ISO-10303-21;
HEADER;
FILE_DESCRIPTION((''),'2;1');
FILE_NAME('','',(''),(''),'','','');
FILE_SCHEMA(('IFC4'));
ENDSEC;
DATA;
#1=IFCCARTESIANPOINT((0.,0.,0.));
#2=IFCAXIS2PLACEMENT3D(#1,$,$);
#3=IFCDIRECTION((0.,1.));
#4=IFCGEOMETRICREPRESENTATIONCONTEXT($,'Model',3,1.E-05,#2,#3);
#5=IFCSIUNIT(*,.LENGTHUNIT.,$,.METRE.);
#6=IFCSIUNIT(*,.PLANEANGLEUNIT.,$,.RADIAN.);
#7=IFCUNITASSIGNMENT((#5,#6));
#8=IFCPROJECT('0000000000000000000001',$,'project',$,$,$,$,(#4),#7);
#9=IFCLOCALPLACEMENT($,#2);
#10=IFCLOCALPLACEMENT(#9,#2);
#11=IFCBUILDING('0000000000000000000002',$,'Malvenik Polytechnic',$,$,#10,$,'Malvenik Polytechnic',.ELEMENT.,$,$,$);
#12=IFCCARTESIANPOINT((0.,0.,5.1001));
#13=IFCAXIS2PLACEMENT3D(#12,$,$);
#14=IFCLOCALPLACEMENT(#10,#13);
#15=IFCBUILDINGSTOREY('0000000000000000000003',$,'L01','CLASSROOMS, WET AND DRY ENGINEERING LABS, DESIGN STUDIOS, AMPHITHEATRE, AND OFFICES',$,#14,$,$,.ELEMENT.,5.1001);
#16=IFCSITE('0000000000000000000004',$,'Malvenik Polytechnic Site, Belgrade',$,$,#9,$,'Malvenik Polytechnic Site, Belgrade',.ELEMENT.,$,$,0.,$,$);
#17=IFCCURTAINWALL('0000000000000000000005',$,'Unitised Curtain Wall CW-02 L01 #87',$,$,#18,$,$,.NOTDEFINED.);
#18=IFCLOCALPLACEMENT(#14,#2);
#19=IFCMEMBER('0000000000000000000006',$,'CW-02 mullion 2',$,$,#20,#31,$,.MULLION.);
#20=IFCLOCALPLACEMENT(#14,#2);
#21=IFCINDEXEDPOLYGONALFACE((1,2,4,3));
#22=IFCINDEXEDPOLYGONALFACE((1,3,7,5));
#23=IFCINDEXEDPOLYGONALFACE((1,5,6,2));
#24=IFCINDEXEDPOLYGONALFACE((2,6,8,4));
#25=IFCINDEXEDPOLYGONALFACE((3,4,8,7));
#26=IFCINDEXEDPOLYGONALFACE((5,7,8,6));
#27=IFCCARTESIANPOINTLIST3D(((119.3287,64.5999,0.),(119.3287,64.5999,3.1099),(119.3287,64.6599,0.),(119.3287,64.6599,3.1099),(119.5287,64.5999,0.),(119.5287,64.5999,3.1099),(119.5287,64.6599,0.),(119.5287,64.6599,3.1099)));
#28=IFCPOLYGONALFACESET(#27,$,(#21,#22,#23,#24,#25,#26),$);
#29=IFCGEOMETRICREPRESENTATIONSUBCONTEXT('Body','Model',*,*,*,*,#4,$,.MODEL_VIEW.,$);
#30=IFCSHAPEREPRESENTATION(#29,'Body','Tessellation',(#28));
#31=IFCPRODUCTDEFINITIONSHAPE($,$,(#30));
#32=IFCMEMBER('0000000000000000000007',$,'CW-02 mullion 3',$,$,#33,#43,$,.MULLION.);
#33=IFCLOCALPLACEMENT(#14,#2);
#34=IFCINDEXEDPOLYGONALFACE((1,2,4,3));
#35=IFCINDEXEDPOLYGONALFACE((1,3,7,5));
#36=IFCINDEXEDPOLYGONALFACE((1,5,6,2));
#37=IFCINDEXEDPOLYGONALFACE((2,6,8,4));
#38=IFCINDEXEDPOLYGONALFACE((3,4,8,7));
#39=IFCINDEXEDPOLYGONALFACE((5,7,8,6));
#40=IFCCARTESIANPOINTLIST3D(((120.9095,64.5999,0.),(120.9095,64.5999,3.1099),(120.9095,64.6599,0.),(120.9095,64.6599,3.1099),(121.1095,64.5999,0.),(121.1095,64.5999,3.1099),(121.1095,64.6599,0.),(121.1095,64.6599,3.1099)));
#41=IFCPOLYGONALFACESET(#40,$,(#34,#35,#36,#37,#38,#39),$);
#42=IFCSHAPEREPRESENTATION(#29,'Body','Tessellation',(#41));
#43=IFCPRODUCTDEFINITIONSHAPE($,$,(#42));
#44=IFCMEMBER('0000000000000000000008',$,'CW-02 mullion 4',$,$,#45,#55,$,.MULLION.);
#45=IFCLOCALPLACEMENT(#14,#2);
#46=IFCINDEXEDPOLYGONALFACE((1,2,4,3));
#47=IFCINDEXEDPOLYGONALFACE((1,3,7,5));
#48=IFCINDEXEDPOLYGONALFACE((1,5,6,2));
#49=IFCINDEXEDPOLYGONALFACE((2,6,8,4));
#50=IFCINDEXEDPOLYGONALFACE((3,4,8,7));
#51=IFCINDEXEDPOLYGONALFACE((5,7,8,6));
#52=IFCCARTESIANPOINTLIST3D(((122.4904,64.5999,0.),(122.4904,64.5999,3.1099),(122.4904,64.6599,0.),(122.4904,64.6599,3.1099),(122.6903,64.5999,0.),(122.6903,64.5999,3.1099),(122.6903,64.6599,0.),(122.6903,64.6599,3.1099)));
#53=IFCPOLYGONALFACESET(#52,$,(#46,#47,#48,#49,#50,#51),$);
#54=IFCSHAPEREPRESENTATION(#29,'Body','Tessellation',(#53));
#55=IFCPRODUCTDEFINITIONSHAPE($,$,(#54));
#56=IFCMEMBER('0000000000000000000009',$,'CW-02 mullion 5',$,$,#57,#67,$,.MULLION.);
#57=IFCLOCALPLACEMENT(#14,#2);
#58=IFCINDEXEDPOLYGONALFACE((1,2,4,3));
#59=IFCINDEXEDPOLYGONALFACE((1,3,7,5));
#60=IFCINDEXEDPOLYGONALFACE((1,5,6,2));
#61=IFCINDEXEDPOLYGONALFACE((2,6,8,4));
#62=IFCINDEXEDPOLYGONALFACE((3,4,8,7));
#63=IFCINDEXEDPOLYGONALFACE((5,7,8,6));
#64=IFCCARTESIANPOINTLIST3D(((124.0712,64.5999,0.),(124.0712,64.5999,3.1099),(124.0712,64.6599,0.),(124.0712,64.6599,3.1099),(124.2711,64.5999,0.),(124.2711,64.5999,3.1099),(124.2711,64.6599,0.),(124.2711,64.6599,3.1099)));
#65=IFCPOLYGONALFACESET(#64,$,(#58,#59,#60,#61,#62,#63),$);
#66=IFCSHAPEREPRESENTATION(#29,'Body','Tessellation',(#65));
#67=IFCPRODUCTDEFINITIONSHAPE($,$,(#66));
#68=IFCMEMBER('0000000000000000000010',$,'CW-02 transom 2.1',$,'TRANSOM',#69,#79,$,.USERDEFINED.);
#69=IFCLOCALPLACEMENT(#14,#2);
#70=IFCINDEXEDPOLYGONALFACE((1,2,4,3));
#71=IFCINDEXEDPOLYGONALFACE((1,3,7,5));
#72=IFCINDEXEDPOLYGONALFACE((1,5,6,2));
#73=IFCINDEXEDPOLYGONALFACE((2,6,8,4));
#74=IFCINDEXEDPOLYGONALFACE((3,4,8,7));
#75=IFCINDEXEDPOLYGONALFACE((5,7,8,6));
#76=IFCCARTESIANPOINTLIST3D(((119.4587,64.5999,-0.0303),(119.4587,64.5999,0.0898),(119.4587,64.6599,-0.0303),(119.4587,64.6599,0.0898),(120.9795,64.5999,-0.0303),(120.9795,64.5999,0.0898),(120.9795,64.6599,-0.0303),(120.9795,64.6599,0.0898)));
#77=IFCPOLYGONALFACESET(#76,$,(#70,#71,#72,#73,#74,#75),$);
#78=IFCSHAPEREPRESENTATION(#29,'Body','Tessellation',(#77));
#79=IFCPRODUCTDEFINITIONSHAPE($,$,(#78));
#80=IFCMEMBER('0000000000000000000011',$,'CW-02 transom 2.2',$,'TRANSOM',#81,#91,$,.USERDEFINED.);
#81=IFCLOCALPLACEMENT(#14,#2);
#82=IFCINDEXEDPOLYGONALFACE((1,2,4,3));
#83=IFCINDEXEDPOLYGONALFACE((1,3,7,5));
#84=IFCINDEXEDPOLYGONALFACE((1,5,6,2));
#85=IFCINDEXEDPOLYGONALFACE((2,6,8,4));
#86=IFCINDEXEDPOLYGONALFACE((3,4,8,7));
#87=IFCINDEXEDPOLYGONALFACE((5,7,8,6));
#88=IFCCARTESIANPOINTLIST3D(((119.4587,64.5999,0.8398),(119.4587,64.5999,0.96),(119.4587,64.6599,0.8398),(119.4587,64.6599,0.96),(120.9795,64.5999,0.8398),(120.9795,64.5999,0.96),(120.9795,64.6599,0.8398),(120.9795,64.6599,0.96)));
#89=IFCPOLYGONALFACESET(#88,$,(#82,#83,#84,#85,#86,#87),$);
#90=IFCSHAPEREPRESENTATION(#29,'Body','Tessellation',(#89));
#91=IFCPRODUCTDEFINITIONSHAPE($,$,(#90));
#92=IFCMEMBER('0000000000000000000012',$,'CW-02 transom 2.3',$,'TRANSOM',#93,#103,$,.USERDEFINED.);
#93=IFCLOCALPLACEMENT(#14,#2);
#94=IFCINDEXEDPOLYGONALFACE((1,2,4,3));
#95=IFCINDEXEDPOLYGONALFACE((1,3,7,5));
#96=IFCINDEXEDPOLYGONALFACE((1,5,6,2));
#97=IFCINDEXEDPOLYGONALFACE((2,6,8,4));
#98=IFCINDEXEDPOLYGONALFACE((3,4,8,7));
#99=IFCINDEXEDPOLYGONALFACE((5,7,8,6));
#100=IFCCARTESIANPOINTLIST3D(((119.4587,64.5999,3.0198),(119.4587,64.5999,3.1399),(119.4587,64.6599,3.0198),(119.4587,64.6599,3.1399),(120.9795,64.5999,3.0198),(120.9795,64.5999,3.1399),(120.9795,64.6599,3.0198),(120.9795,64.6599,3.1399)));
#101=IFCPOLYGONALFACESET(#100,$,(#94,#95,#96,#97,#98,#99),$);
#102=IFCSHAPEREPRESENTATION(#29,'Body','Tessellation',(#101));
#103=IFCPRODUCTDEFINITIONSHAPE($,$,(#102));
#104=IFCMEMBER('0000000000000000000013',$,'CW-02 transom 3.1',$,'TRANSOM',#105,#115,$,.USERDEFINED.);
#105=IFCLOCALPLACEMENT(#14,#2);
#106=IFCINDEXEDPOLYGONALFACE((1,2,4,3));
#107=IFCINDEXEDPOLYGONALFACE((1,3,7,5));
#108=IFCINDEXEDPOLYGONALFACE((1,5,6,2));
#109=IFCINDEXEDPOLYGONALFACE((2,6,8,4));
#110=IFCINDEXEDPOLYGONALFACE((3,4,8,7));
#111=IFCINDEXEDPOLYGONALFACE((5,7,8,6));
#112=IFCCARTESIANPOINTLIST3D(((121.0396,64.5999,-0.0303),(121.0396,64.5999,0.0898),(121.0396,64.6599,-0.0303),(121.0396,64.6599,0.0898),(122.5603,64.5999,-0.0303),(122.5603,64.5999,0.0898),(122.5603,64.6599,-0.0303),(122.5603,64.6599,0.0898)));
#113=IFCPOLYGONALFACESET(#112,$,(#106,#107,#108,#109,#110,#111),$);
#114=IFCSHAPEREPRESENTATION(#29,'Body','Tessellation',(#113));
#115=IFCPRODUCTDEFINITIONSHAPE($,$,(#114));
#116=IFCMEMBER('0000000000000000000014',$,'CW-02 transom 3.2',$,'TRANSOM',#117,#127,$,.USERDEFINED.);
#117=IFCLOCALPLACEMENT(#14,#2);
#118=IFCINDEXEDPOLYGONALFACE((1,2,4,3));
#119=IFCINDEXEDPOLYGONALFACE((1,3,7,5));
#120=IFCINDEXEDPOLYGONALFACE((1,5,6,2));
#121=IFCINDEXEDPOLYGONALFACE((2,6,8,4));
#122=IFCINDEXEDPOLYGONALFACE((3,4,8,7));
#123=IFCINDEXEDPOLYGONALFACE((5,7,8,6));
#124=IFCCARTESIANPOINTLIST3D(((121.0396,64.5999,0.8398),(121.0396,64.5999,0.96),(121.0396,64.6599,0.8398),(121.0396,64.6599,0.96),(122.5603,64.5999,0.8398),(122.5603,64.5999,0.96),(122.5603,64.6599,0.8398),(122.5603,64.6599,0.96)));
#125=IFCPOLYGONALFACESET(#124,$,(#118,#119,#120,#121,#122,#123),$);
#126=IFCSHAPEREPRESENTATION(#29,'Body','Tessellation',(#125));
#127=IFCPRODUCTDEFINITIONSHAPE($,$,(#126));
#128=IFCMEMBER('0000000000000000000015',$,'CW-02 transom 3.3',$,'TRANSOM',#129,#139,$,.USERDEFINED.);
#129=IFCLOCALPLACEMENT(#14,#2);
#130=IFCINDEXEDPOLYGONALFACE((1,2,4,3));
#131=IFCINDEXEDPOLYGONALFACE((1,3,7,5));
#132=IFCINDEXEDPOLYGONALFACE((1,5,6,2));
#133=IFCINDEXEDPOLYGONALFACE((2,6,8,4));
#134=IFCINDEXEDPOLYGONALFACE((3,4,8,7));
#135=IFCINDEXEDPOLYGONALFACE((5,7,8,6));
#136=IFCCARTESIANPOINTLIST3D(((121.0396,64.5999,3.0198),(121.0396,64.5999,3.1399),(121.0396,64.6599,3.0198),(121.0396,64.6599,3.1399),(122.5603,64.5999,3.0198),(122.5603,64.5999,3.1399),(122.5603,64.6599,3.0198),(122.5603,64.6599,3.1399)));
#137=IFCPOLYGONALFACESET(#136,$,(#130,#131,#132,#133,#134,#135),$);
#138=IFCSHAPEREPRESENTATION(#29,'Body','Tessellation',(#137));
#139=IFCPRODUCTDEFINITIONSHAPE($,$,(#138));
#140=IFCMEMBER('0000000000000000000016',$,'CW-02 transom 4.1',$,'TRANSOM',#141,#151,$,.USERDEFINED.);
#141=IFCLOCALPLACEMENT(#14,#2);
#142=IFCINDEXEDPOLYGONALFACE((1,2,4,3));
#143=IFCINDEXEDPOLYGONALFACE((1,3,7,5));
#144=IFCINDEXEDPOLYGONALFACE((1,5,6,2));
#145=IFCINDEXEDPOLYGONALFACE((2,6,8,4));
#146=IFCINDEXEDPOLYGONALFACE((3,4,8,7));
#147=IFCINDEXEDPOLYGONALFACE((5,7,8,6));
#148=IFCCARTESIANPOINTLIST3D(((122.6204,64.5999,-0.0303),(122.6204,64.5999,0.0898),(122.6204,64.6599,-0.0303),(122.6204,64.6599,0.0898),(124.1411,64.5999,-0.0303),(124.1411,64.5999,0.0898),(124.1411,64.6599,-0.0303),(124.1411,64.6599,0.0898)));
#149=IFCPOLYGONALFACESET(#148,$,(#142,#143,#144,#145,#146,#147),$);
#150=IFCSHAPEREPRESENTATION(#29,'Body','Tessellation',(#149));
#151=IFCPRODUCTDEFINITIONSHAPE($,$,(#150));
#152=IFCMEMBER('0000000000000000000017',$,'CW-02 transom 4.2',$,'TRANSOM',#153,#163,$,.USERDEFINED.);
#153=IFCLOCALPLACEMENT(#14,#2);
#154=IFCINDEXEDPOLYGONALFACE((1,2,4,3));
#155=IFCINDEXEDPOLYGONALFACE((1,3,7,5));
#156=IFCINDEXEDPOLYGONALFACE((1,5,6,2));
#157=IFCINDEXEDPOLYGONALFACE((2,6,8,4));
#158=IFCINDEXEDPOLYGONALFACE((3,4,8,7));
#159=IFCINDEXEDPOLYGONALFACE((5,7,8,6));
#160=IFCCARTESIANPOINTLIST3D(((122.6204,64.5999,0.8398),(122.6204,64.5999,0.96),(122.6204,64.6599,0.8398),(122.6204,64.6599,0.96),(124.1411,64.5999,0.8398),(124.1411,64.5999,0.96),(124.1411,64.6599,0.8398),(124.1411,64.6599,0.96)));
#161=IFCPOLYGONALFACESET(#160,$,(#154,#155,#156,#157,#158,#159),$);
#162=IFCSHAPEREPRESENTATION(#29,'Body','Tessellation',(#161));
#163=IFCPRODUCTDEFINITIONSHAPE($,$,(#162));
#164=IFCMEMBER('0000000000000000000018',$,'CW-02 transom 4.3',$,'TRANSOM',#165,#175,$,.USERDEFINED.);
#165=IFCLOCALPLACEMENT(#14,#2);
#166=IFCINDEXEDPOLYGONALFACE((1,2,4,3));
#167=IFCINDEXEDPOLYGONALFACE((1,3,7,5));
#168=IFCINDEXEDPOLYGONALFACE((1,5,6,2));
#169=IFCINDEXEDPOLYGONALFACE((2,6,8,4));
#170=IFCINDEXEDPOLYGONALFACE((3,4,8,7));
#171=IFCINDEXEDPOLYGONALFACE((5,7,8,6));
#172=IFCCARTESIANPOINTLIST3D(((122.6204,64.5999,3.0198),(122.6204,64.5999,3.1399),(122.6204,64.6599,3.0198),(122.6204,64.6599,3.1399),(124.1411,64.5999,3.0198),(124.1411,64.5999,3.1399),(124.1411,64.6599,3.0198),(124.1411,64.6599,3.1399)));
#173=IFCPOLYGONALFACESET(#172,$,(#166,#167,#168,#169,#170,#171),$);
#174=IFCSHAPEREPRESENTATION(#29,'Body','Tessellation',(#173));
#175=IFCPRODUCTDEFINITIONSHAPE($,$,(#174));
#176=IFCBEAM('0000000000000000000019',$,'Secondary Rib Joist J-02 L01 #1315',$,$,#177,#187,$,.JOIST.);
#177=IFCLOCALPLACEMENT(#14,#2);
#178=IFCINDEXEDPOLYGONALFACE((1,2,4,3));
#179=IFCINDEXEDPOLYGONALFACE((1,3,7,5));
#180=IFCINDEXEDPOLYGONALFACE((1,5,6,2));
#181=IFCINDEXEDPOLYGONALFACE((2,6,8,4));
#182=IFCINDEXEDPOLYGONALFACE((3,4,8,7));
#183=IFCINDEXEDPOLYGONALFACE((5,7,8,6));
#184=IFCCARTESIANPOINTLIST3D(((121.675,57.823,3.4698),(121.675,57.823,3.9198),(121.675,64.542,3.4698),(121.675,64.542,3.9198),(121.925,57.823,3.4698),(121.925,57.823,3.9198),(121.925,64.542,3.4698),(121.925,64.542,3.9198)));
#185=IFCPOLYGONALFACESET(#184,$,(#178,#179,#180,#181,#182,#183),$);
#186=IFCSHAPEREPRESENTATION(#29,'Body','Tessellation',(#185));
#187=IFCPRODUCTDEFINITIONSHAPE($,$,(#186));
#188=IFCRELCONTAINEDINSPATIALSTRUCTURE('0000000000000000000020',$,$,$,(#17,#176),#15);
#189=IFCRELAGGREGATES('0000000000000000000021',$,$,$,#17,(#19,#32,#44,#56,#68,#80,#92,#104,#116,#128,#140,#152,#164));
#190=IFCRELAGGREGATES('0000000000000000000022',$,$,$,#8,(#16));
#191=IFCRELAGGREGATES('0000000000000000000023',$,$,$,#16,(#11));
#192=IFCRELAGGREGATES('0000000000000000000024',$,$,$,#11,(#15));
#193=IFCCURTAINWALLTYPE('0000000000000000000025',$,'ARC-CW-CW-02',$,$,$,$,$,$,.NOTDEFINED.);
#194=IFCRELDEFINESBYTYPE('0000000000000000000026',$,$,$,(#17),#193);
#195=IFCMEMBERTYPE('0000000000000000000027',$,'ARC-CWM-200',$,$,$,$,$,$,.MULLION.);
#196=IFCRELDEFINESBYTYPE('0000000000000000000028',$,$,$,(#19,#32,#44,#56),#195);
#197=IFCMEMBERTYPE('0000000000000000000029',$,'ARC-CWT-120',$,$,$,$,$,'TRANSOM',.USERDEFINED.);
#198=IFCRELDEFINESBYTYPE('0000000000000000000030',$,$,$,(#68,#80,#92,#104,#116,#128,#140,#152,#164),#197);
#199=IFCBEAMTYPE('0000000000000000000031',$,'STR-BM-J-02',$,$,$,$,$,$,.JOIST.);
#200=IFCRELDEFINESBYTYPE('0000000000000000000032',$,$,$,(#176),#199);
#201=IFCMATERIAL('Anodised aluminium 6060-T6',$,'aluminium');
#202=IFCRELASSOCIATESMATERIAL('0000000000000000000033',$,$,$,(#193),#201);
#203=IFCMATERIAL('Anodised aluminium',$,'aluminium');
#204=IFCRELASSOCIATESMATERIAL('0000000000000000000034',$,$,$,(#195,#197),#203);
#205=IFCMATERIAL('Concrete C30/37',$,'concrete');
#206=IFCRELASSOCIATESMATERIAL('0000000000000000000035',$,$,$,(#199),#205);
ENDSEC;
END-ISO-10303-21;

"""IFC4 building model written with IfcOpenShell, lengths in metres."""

from ifc_helpers import new_model, si_unit, direction, frame, origin, origin_2d, place, context, subcontext, project, spatial, rectangle, extrude, material, material_profile, profile_set, type_object, element, aggregate, save


model = new_model("IFC4")

# Units and contexts
model_context = context("Model", 3, precision=1e-05, world=origin(), true_north=direction((0.0, 1.0)))
body_context = subcontext(model_context, "Body", "Model", "MODEL_VIEW")
ifc_project = project(units=[si_unit("LENGTHUNIT", "METRE"), si_unit("PLANEANGLEUNIT", "RADIAN")], contexts=[model_context])

# Site, building, storey
site_placement = place(None, origin())
site = spatial("IfcSite", under=ifc_project, at=site_placement, Name="Malvenik Polytechnic Site, Belgrade", LongName="Malvenik Polytechnic Site, Belgrade", CompositionType="ELEMENT", RefElevation=0.0)
building_placement = place(site_placement, origin())
building = spatial("IfcBuilding", under=site, at=building_placement, Name="Malvenik Polytechnic", LongName="Malvenik Polytechnic", CompositionType="ELEMENT")
storey_placement = place(building_placement, frame((0.0, 0.0, 5.1001)))
storey = spatial("IfcBuildingStorey", under=building, at=storey_placement, Name="L01", Description="CLASSROOMS, WET AND DRY ENGINEERING LABS, DESIGN STUDIOS, AMPHITHEATRE, AND OFFICES", CompositionType="ELEMENT", Elevation=5.1001)

# Curtain wall, members
ifc_material_1 = material(Name="Anodised aluminium 6060-T6", Category="aluminium")
curtain_wall_type = type_object("IfcCurtainWallType", Name="ARC-CW-CW-02", PredefinedType="NOTDEFINED", material=ifc_material_1)
curtain_wall_placement = place(storey_placement, origin())
curtain_wall = element("IfcCurtainWall", 1, at=curtain_wall_placement, inside=storey, type_object=curtain_wall_type, Name="Unitised Curtain Wall CW-02 L01 #87", PredefinedType="NOTDEFINED")
ifc_material_2 = material(Name="Anodised aluminium", Category="aluminium")
ifc_material_profile_1 = material_profile(ifc_material_2, rectangle(XDim=0.0601, YDim=0.2, at=origin_2d()), Name="ALU MULLION 60x200")
ifc_profile_set_1 = profile_set([ifc_material_profile_1], Name="Anodised aluminium")
member_type_1 = type_object("IfcMemberType", Name="ARC-CWM-200", PredefinedType="MULLION", material=ifc_profile_set_1)
member_1_placement = place(storey_placement, frame((119.4287, 64.6299, 0.0), z_axis=(0.0, 0.0, 1.0), x_axis=(0.0, 1.0, 0.0)))
member_1 = element("IfcMember", 2, at=member_1_placement, type_object=member_type_1, Name="CW-02 mullion 2", PredefinedType="MULLION", context=body_context, shape_type="SweptSolid", body=[
    extrude(rectangle(XDim=0.0601, YDim=0.2, at=origin_2d()), origin(), (0.0, 0.0, 1.0), 3.1099),
])
member_2_placement = place(storey_placement, frame((121.0095, 64.6299, 0.0), z_axis=(0.0, 0.0, 1.0), x_axis=(0.0, 1.0, 0.0)))
member_2 = element("IfcMember", 3, at=member_2_placement, type_object=member_type_1, Name="CW-02 mullion 3", PredefinedType="MULLION", context=body_context, shape_type="SweptSolid", body=[
    extrude(rectangle(XDim=0.0601, YDim=0.2, at=origin_2d()), origin(), (0.0, 0.0, 1.0), 3.1099),
])
member_3_placement = place(storey_placement, frame((122.5903, 64.6299, 0.0), z_axis=(0.0, 0.0, 1.0), x_axis=(0.0, 1.0, 0.0)))
member_3 = element("IfcMember", 4, at=member_3_placement, type_object=member_type_1, Name="CW-02 mullion 4", PredefinedType="MULLION", context=body_context, shape_type="SweptSolid", body=[
    extrude(rectangle(XDim=0.0601, YDim=0.2, at=origin_2d()), origin(), (0.0, 0.0, 1.0), 3.1099),
])
member_4_placement = place(storey_placement, frame((124.1711, 64.6299, 0.0), z_axis=(0.0, 0.0, 1.0), x_axis=(0.0, 1.0, 0.0)))
member_4 = element("IfcMember", 5, at=member_4_placement, type_object=member_type_1, Name="CW-02 mullion 5", PredefinedType="MULLION", context=body_context, shape_type="SweptSolid", body=[
    extrude(rectangle(XDim=0.0601, YDim=0.2, at=origin_2d()), origin(), (0.0, 0.0, 1.0), 3.1099),
])
ifc_material_profile_2 = material_profile(ifc_material_2, rectangle(XDim=0.0601, YDim=0.1201, at=origin_2d()), Name="ALU TRANSOM 60x120")
ifc_profile_set_2 = profile_set([ifc_material_profile_2], Name="Anodised aluminium")
member_type_2 = type_object("IfcMemberType", Name="ARC-CWT-120", ElementType="TRANSOM", PredefinedType="USERDEFINED", material=ifc_profile_set_2)
member_5_placement = place(storey_placement, frame((119.4587, 64.6299, 0.0298), z_axis=(1.0, 0.0, 0.0), x_axis=(0.0, 1.0, 0.0)))
member_5 = element("IfcMember", 6, at=member_5_placement, type_object=member_type_2, Name="CW-02 transom 2.1", ObjectType="TRANSOM", PredefinedType="USERDEFINED", context=body_context, shape_type="SweptSolid", body=[
    extrude(rectangle(XDim=0.0601, YDim=0.1201, at=origin_2d()), origin(), (0.0, 0.0, 1.0), 1.5208),
])
member_6_placement = place(storey_placement, frame((119.4587, 64.6299, 0.8999), z_axis=(1.0, 0.0, 0.0), x_axis=(0.0, 1.0, 0.0)))
member_6 = element("IfcMember", 7, at=member_6_placement, type_object=member_type_2, Name="CW-02 transom 2.2", ObjectType="TRANSOM", PredefinedType="USERDEFINED", context=body_context, shape_type="SweptSolid", body=[
    extrude(rectangle(XDim=0.0601, YDim=0.1201, at=origin_2d()), origin(), (0.0, 0.0, 1.0), 1.5208),
])
member_7_placement = place(storey_placement, frame((119.4587, 64.6299, 3.0798), z_axis=(1.0, 0.0, 0.0), x_axis=(0.0, 1.0, 0.0)))
member_7 = element("IfcMember", 8, at=member_7_placement, type_object=member_type_2, Name="CW-02 transom 2.3", ObjectType="TRANSOM", PredefinedType="USERDEFINED", context=body_context, shape_type="SweptSolid", body=[
    extrude(rectangle(XDim=0.0601, YDim=0.1201, at=origin_2d()), origin(), (0.0, 0.0, 1.0), 1.5208),
])
member_8_placement = place(storey_placement, frame((121.0396, 64.6299, 0.0298), z_axis=(1.0, 0.0, 0.0), x_axis=(0.0, 1.0, 0.0)))
member_8 = element("IfcMember", 9, at=member_8_placement, type_object=member_type_2, Name="CW-02 transom 3.1", ObjectType="TRANSOM", PredefinedType="USERDEFINED", context=body_context, shape_type="SweptSolid", body=[
    extrude(rectangle(XDim=0.0601, YDim=0.1201, at=origin_2d()), origin(), (0.0, 0.0, 1.0), 1.5208),
])
member_9_placement = place(storey_placement, frame((121.0396, 64.6299, 0.8999), z_axis=(1.0, 0.0, 0.0), x_axis=(0.0, 1.0, 0.0)))
member_9 = element("IfcMember", 10, at=member_9_placement, type_object=member_type_2, Name="CW-02 transom 3.2", ObjectType="TRANSOM", PredefinedType="USERDEFINED", context=body_context, shape_type="SweptSolid", body=[
    extrude(rectangle(XDim=0.0601, YDim=0.1201, at=origin_2d()), origin(), (0.0, 0.0, 1.0), 1.5208),
])
member_10_placement = place(storey_placement, frame((121.0396, 64.6299, 3.0798), z_axis=(1.0, 0.0, 0.0), x_axis=(0.0, 1.0, 0.0)))
member_10 = element("IfcMember", 11, at=member_10_placement, type_object=member_type_2, Name="CW-02 transom 3.3", ObjectType="TRANSOM", PredefinedType="USERDEFINED", context=body_context, shape_type="SweptSolid", body=[
    extrude(rectangle(XDim=0.0601, YDim=0.1201, at=origin_2d()), origin(), (0.0, 0.0, 1.0), 1.5208),
])
member_11_placement = place(storey_placement, frame((122.6204, 64.6299, 0.0298), z_axis=(1.0, 0.0, 0.0), x_axis=(0.0, 1.0, 0.0)))
member_11 = element("IfcMember", 12, at=member_11_placement, type_object=member_type_2, Name="CW-02 transom 4.1", ObjectType="TRANSOM", PredefinedType="USERDEFINED", context=body_context, shape_type="SweptSolid", body=[
    extrude(rectangle(XDim=0.0601, YDim=0.1201, at=origin_2d()), origin(), (0.0, 0.0, 1.0), 1.5208),
])
member_12_placement = place(storey_placement, frame((122.6204, 64.6299, 0.8999), z_axis=(1.0, 0.0, 0.0), x_axis=(0.0, 1.0, 0.0)))
member_12 = element("IfcMember", 13, at=member_12_placement, type_object=member_type_2, Name="CW-02 transom 4.2", ObjectType="TRANSOM", PredefinedType="USERDEFINED", context=body_context, shape_type="SweptSolid", body=[
    extrude(rectangle(XDim=0.0601, YDim=0.1201, at=origin_2d()), origin(), (0.0, 0.0, 1.0), 1.5208),
])
member_13_placement = place(storey_placement, frame((122.6204, 64.6299, 3.0798), z_axis=(1.0, 0.0, 0.0), x_axis=(0.0, 1.0, 0.0)))
member_13 = element("IfcMember", 14, at=member_13_placement, type_object=member_type_2, Name="CW-02 transom 4.3", ObjectType="TRANSOM", PredefinedType="USERDEFINED", context=body_context, shape_type="SweptSolid", body=[
    extrude(rectangle(XDim=0.0601, YDim=0.1201, at=origin_2d()), origin(), (0.0, 0.0, 1.0), 1.5208),
])

# Beam
ifc_material_3 = material(Name="Concrete C30/37", Category="concrete")
ifc_material_profile_3 = material_profile(ifc_material_3, rectangle(XDim=0.25, YDim=0.45, at=origin_2d()), Name="RC JST 250x450")
ifc_profile_set_3 = profile_set([ifc_material_profile_3], Name="Concrete C30/37")
beam_type = type_object("IfcBeamType", Name="STR-BM-J-02", PredefinedType="JOIST", material=ifc_profile_set_3)
beam_placement = place(storey_placement, frame((121.8, 57.823, 3.6948), z_axis=(0.0, 1.0, 0.0), x_axis=(-1.0, 0.0, 0.0)))
element("IfcBeam", 15, at=beam_placement, inside=storey, type_object=beam_type, Name="Secondary Rib Joist J-02 L01 #1315", PredefinedType="JOIST", context=body_context, shape_type="SweptSolid", body=[
    extrude(rectangle(XDim=0.25, YDim=0.45, at=origin_2d()), origin(), (0.0, 0.0, 1.0), 6.719),
])

aggregate(curtain_wall, [member_1, member_2, member_3, member_4, member_5, member_6, member_7, member_8, member_9, member_10, member_11, member_12, member_13])

save(model, "model.ifc")
